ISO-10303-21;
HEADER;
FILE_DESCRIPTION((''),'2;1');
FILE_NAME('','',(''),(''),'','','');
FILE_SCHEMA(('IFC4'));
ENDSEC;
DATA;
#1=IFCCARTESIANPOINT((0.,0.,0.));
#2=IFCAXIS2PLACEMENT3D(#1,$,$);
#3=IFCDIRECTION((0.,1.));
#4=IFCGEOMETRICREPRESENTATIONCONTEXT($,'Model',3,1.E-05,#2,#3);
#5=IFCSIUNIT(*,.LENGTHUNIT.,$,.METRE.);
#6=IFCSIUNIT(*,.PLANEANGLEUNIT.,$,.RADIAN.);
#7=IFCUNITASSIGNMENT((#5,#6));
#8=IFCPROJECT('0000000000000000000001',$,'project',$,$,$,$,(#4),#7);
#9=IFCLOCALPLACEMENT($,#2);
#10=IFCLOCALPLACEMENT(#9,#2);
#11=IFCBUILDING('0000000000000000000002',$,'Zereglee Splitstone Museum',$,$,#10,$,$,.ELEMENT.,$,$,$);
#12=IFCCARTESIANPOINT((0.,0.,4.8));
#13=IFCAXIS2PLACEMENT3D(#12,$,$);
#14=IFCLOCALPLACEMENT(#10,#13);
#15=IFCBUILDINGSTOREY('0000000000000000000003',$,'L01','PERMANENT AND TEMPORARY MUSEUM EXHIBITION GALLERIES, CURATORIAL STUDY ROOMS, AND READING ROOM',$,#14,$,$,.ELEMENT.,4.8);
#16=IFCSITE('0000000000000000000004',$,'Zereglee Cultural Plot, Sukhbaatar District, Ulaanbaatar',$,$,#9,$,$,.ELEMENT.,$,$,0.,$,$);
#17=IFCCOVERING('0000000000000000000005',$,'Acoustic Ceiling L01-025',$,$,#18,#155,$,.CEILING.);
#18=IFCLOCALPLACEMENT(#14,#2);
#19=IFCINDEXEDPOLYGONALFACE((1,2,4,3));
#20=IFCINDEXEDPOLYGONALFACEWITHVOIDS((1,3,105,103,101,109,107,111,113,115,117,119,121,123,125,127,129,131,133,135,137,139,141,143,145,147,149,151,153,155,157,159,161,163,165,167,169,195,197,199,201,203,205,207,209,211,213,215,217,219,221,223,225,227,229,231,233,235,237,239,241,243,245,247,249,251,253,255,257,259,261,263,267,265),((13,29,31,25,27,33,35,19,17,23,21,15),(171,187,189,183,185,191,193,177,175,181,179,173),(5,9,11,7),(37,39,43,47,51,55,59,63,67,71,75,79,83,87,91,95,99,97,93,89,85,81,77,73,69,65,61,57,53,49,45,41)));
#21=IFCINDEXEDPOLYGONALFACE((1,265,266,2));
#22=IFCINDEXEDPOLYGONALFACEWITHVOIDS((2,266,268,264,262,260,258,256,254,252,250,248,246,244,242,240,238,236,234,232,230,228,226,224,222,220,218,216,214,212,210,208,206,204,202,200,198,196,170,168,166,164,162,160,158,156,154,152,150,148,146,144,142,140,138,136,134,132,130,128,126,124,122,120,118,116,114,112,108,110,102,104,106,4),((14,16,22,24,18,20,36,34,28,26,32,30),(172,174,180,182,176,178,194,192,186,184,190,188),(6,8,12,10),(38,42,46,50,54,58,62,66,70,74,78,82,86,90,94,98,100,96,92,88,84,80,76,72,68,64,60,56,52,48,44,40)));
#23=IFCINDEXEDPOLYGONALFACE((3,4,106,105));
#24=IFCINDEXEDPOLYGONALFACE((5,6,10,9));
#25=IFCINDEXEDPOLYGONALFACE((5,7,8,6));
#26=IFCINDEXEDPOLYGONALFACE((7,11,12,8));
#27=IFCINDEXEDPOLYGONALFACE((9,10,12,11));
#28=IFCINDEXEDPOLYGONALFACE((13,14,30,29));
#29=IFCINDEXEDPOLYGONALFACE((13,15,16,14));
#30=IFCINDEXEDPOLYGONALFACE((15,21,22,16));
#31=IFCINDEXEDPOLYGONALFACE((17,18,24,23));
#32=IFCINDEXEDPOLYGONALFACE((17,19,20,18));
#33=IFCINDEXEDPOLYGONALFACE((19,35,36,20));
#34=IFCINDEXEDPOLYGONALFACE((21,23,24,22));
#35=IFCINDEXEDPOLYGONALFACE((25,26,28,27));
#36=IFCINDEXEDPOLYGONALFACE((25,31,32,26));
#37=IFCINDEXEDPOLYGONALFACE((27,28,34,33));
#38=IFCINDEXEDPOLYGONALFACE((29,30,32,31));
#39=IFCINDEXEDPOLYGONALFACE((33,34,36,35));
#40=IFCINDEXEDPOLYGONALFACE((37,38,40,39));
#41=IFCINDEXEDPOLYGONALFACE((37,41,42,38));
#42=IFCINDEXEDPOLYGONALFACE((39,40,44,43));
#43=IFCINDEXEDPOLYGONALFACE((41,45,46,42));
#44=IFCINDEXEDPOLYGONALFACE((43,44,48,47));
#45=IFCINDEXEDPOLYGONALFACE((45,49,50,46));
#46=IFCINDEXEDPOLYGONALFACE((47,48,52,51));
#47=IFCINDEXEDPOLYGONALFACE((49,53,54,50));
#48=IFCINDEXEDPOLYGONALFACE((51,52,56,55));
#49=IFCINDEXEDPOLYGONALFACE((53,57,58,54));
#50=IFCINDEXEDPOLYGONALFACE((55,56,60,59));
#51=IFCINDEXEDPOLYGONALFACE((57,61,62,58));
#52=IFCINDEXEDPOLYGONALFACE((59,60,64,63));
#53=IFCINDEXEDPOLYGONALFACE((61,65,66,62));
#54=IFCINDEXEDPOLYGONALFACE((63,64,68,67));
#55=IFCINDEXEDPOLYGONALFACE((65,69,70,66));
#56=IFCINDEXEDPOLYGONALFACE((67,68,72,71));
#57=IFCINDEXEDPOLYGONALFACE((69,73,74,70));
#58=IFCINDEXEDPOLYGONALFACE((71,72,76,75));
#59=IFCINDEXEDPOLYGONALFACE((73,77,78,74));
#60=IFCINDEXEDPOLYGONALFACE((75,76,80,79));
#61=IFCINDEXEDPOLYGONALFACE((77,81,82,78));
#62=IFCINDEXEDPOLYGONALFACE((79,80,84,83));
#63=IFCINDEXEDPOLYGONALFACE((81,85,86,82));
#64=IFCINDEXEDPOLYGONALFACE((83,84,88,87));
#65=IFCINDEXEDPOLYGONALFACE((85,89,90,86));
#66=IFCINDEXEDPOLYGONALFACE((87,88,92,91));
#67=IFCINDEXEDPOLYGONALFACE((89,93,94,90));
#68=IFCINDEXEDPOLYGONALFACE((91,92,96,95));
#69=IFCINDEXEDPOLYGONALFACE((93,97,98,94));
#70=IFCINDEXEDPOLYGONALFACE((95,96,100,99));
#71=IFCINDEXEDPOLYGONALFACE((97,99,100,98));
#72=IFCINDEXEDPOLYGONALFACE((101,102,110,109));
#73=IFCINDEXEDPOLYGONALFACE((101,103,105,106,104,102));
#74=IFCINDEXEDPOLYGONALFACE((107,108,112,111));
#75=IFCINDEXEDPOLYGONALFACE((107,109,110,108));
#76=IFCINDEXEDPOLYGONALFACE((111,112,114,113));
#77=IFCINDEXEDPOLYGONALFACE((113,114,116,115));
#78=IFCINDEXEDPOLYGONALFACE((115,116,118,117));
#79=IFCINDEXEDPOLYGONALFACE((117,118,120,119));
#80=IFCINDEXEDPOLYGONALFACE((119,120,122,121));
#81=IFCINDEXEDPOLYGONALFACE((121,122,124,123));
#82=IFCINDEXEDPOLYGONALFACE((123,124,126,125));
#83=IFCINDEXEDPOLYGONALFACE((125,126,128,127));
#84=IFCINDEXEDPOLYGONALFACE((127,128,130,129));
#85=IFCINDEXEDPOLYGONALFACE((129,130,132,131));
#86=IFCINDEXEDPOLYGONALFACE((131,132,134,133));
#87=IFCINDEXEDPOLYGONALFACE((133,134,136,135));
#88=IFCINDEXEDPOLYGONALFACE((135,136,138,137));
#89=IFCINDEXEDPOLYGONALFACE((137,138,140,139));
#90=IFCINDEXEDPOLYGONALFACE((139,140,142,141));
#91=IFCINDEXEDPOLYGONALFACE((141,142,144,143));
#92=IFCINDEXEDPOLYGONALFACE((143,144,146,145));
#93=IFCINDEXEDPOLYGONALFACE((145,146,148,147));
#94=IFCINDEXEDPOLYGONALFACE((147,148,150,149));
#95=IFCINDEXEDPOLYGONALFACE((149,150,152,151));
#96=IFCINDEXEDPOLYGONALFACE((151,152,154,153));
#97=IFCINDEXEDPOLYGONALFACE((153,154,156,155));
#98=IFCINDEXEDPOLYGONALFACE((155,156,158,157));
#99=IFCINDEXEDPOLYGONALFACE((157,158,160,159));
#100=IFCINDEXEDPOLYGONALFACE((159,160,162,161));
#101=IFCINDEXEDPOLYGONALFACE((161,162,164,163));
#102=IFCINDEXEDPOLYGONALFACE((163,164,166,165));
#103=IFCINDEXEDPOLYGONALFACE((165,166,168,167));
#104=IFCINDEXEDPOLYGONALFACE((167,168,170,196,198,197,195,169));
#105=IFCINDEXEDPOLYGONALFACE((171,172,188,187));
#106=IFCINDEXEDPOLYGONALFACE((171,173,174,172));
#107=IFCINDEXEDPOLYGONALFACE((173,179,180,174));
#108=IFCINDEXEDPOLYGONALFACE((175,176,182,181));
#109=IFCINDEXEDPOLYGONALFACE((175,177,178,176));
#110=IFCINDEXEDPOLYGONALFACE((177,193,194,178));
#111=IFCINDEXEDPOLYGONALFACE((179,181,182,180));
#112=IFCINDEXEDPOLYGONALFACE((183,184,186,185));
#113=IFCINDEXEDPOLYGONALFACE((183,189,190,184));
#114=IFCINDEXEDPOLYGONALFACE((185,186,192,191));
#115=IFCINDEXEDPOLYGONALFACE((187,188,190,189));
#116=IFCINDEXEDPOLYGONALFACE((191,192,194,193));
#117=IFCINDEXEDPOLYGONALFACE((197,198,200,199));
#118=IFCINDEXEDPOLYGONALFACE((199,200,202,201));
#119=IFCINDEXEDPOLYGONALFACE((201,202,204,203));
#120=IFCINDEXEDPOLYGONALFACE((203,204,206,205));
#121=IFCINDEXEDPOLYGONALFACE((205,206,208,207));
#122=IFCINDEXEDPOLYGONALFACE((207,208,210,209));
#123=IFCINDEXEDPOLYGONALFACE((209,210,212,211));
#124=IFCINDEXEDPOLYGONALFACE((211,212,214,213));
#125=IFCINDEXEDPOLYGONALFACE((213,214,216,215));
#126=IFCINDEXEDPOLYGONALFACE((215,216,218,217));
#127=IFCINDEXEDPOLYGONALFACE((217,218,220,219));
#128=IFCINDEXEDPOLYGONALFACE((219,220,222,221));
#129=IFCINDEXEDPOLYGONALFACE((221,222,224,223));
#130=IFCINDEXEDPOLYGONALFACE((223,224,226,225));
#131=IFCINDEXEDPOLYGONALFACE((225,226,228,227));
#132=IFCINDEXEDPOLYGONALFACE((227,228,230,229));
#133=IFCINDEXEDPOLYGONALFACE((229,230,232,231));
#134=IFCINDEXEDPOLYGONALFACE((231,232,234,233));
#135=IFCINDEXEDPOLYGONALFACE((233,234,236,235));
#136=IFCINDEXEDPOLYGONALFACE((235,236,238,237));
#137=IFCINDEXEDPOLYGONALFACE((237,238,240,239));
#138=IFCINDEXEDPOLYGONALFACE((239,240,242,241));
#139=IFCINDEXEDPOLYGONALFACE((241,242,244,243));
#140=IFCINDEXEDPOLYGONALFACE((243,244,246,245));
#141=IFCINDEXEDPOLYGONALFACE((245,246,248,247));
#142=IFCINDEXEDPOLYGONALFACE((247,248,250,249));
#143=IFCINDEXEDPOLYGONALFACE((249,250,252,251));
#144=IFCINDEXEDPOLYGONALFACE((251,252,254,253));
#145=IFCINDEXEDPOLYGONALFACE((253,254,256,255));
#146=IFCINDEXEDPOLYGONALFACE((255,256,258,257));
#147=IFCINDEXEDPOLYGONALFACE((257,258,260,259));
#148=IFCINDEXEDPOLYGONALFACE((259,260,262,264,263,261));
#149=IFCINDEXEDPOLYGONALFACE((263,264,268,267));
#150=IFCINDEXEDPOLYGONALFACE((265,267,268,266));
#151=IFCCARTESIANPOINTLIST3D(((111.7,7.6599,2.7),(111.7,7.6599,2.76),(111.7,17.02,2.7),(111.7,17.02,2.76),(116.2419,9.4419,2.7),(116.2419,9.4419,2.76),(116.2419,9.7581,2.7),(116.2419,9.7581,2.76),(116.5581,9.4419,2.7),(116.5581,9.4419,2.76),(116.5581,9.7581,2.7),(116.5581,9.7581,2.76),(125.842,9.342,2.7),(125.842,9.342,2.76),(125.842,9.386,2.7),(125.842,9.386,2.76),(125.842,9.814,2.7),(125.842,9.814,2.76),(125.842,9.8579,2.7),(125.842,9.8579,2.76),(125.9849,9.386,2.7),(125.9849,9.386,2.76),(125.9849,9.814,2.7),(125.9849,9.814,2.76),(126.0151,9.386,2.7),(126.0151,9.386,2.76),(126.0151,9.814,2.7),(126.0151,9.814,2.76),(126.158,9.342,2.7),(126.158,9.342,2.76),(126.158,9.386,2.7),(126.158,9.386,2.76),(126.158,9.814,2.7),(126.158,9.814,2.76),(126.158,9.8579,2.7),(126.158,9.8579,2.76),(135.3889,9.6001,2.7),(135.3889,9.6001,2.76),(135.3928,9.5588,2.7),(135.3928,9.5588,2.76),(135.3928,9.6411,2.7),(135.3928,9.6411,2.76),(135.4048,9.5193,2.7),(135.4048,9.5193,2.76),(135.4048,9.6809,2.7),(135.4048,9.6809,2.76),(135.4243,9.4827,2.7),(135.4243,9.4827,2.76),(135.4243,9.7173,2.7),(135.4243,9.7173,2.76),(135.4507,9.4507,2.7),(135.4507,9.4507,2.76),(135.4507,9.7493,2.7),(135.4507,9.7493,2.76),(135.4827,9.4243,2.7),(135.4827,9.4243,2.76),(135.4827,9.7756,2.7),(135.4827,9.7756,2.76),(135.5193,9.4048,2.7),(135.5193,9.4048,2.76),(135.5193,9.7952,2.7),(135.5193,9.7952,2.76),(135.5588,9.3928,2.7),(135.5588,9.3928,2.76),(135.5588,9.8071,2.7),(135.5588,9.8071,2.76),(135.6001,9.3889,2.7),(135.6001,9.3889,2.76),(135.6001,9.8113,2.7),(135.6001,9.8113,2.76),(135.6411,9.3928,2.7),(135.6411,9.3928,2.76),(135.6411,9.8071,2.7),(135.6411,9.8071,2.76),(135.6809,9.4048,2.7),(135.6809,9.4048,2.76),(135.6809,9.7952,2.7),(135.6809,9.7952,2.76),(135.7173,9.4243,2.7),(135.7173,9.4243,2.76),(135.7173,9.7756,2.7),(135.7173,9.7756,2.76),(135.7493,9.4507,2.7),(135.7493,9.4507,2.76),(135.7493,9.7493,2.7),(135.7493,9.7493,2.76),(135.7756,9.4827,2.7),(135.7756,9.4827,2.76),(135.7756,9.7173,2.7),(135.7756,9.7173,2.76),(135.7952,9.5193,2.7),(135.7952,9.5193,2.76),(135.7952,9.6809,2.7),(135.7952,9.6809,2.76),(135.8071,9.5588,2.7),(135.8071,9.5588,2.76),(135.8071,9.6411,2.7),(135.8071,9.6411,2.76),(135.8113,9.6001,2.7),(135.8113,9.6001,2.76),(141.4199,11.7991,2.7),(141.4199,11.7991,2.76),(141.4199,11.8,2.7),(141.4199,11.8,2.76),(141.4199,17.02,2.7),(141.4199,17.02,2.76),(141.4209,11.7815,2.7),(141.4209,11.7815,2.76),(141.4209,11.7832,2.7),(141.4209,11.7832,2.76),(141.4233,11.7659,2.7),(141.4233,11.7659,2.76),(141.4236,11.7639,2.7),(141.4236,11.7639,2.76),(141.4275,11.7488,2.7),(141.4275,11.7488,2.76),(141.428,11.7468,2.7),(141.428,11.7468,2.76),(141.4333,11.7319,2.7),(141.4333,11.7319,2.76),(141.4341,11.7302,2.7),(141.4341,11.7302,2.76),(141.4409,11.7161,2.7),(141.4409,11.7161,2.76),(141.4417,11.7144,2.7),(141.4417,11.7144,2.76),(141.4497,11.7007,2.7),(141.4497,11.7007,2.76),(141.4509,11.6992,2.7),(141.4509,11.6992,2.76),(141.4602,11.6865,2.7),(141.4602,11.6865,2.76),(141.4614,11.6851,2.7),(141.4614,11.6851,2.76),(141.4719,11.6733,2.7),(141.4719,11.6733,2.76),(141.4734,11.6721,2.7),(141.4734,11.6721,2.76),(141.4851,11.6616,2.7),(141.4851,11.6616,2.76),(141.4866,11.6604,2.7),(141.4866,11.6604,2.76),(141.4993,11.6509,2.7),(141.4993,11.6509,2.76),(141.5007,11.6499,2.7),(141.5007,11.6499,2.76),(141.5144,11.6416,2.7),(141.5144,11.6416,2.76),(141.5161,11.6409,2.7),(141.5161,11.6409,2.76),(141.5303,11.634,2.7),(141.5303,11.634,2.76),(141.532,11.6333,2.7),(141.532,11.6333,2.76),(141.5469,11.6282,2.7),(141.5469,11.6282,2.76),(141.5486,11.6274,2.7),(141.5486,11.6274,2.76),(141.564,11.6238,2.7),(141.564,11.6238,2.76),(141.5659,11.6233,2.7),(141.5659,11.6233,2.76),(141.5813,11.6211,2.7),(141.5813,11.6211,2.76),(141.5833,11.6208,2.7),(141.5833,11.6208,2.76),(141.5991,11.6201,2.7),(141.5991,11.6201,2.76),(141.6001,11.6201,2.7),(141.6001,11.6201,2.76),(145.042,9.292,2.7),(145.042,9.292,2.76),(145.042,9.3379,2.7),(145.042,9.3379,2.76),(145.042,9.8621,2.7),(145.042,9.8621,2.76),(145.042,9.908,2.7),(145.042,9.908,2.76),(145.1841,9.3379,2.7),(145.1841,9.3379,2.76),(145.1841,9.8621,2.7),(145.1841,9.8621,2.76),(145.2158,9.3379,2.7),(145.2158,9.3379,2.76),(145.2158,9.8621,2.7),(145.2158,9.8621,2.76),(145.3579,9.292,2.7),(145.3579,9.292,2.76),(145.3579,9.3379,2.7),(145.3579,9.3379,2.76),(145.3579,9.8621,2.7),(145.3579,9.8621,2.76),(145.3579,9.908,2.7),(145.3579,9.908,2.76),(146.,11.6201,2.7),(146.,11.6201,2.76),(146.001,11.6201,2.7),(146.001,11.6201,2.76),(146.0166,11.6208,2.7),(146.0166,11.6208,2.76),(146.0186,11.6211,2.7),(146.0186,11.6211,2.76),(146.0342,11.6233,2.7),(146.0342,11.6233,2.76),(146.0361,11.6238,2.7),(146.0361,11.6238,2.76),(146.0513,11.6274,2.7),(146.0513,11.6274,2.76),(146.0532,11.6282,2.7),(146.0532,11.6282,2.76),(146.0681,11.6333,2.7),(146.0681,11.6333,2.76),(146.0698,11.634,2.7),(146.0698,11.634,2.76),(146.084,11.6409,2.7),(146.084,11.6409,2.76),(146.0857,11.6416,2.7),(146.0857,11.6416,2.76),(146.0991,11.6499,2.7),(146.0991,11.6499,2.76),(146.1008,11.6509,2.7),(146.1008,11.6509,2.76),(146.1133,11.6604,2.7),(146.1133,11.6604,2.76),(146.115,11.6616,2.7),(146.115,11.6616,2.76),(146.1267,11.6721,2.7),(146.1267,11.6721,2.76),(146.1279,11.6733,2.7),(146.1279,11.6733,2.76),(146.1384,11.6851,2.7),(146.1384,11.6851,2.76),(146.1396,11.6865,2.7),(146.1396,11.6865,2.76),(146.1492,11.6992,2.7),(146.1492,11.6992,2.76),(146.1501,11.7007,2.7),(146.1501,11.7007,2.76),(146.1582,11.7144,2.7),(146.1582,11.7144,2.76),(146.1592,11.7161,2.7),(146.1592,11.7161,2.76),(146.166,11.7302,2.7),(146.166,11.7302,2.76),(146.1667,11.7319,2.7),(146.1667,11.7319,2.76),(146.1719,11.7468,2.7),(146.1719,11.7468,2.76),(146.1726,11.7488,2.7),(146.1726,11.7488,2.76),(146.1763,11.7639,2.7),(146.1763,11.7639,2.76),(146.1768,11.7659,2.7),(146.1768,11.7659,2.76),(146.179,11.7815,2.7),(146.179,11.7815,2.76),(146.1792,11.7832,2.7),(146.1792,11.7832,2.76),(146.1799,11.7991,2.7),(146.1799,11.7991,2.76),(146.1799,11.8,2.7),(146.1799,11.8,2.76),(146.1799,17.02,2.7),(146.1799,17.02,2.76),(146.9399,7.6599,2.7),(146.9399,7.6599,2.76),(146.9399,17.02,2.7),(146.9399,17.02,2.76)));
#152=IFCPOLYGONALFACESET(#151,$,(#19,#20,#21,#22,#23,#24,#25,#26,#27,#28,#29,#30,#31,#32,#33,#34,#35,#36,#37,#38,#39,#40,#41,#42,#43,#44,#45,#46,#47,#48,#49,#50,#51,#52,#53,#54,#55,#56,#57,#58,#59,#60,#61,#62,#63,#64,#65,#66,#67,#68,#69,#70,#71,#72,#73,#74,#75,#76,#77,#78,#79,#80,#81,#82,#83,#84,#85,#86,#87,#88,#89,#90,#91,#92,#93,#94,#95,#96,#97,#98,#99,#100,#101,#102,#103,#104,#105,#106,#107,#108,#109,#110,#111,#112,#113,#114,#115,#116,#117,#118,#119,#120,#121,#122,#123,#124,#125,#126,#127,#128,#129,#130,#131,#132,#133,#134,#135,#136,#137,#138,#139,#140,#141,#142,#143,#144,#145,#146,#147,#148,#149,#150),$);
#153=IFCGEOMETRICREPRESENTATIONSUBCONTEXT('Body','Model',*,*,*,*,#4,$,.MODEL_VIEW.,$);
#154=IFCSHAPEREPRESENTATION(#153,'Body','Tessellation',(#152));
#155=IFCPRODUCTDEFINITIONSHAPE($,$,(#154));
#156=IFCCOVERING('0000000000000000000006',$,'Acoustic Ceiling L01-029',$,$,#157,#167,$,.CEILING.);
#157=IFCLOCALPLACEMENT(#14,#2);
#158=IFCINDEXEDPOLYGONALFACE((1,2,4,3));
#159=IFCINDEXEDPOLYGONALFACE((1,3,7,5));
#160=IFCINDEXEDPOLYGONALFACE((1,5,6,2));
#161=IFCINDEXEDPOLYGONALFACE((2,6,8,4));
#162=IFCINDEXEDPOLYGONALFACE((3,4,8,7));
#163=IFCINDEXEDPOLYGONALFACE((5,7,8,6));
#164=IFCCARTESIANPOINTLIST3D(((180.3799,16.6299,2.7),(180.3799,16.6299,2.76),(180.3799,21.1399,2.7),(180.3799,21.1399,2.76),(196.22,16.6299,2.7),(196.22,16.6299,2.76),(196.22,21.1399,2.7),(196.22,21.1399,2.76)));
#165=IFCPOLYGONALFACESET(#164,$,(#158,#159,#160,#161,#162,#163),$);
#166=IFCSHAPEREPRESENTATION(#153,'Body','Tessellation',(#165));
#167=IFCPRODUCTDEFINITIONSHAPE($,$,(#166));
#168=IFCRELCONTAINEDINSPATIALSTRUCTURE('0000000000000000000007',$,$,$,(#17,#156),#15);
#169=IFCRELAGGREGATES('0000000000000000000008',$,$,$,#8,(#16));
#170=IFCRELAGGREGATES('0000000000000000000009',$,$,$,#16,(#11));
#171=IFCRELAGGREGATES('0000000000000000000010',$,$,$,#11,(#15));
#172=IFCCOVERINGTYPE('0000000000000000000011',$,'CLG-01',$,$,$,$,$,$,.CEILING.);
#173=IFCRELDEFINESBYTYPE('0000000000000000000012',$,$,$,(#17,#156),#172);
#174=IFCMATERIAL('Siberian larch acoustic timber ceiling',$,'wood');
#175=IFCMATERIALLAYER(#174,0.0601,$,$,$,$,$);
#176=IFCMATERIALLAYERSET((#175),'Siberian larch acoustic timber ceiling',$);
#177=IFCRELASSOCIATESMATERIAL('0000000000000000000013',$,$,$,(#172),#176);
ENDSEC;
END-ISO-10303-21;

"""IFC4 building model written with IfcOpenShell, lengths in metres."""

from ifc_helpers import new_model, si_unit, direction, frame, origin, place, context, subcontext, project, spatial, polyline, outline, extrude, material, layer, layer_set, type_object, element, save


model = new_model("IFC4")

# Units and contexts
model_context = context("Model", 3, precision=1e-05, world=origin(), true_north=direction((0.0, 1.0)))
body_context = subcontext(model_context, "Body", "Model", "MODEL_VIEW")
ifc_project = project(units=[si_unit("LENGTHUNIT", "METRE"), si_unit("PLANEANGLEUNIT", "RADIAN")], contexts=[model_context])

# Site, building, storey
site_placement = place(None, origin())
site = spatial("IfcSite", under=ifc_project, at=site_placement, Name="Zereglee Cultural Plot, Sukhbaatar District, Ulaanbaatar", CompositionType="ELEMENT", RefElevation=0.0)
building_placement = place(site_placement, origin())
building = spatial("IfcBuilding", under=site, at=building_placement, Name="Zereglee Splitstone Museum", CompositionType="ELEMENT")
storey_placement = place(building_placement, frame((0.0, 0.0, 4.8)))
storey = spatial("IfcBuildingStorey", under=building, at=storey_placement, Name="L01", Description="PERMANENT AND TEMPORARY MUSEUM EXHIBITION GALLERIES, CURATORIAL STUDY ROOMS, AND READING ROOM", CompositionType="ELEMENT", Elevation=4.8)

# Coverings
ifc_material_1 = material(Name="Siberian larch acoustic timber ceiling", Category="wood")
ifc_layer_1 = layer(ifc_material_1, 0.0601)
ifc_layer_set_1 = layer_set([ifc_layer_1], Name="Siberian larch acoustic timber ceiling")
covering_type_1 = type_object("IfcCoveringType", Name="CLG-01", PredefinedType="CEILING", material=ifc_layer_set_1)
covering_1_placement = place(storey_placement, frame((0.0, 0.0, 2.7)))
element("IfcCovering", 1, at=covering_1_placement, inside=storey, type_object=covering_type_1, Name="Acoustic Ceiling L01-025", PredefinedType="CEILING", context=body_context, shape_type="SweptSolid", body=[
    extrude(outline(polyline([(111.7, 17.02), (141.4199, 17.02), (141.4199, 11.8), (141.4199, 11.7991), (141.4209, 11.7832), (141.4209, 11.7815), (141.4233, 11.7659), (141.4236, 11.7639), (141.4275, 11.7488), (141.428, 11.7468), (141.4333, 11.7319), (141.4341, 11.7302), (141.4409, 11.7161), (141.4417, 11.7144), (141.4497, 11.7007), (141.4509, 11.6992), (141.4602, 11.6865), (141.4614, 11.6851), (141.4719, 11.6733), (141.4734, 11.6721), (141.4851, 11.6616), (141.4866, 11.6604), (141.4993, 11.6509), (141.5007, 11.6499), (141.5144, 11.6416), (141.5161, 11.6409), (141.5303, 11.634), (141.532, 11.6333), (141.5469, 11.6282), (141.5486, 11.6274), (141.564, 11.6238), (141.5659, 11.6233), (141.5813, 11.6211), (141.5833, 11.6208), (141.5991, 11.6201), (141.6001, 11.6201), (146.0, 11.6201), (146.001, 11.6201), (146.0166, 11.6208), (146.0186, 11.6211), (146.0342, 11.6233), (146.0361, 11.6238), (146.0513, 11.6274), (146.0532, 11.6282), (146.0681, 11.6333), (146.0698, 11.634), (146.084, 11.6409), (146.0857, 11.6416), (146.0991, 11.6499), (146.1008, 11.6509), (146.1133, 11.6604), (146.115, 11.6616), (146.1267, 11.6721), (146.1279, 11.6733), (146.1384, 11.6851), (146.1396, 11.6865), (146.1492, 11.6992), (146.1501, 11.7007), (146.1582, 11.7144), (146.1592, 11.7161), (146.166, 11.7302), (146.1667, 11.7319), (146.1719, 11.7468), (146.1726, 11.7488), (146.1763, 11.7639), (146.1768, 11.7659), (146.179, 11.7815), (146.1792, 11.7832), (146.1799, 11.7991), (146.1799, 11.8), (146.1799, 17.02), (146.9399, 17.02), (146.9399, 7.6599), (111.7, 7.6599), (111.7, 17.02)]), holes=[polyline([(145.3579, 9.908), (145.042, 9.908), (145.042, 9.8621), (145.1841, 9.8621), (145.1841, 9.3379), (145.042, 9.3379), (145.042, 9.292), (145.3579, 9.292), (145.3579, 9.3379), (145.2158, 9.3379), (145.2158, 9.8621), (145.3579, 9.8621), (145.3579, 9.908)]), polyline([(135.6411, 9.3928), (135.6809, 9.4048), (135.7173, 9.4243), (135.7493, 9.4507), (135.7756, 9.4827), (135.7952, 9.5193), (135.8071, 9.5588), (135.8113, 9.6001), (135.8071, 9.6411), (135.7952, 9.6809), (135.7756, 9.7173), (135.7493, 9.7493), (135.7173, 9.7756), (135.6809, 9.7952), (135.6411, 9.8071), (135.6001, 9.8113), (135.5588, 9.8071), (135.5193, 9.7952), (135.4827, 9.7756), (135.4507, 9.7493), (135.4243, 9.7173), (135.4048, 9.6809), (135.3928, 9.6411), (135.3889, 9.6001), (135.3928, 9.5588), (135.4048, 9.5193), (135.4243, 9.4827), (135.4507, 9.4507), (135.4827, 9.4243), (135.5193, 9.4048), (135.5588, 9.3928), (135.6001, 9.3889), (135.6411, 9.3928)]), polyline([(126.158, 9.814), (126.158, 9.8579), (125.842, 9.8579), (125.842, 9.814), (125.9849, 9.814), (125.9849, 9.386), (125.842, 9.386), (125.842, 9.342), (126.158, 9.342), (126.158, 9.386), (126.0151, 9.386), (126.0151, 9.814), (126.158, 9.814)]), polyline([(116.2419, 9.7581), (116.2419, 9.4419), (116.5581, 9.4419), (116.5581, 9.7581), (116.2419, 9.7581)])]), origin(), (0.0, 0.0, 1.0), 0.0601),
])
covering_2_placement = place(storey_placement, frame((0.0, 0.0, 2.7)))
element("IfcCovering", 2, at=covering_2_placement, inside=storey, type_object=covering_type_1, Name="Acoustic Ceiling L01-029", PredefinedType="CEILING", context=body_context, shape_type="SweptSolid", body=[
    extrude(outline(polyline([(196.22, 16.6299), (180.3799, 16.6299), (180.3799, 21.1399), (196.22, 21.1399), (196.22, 16.6299)])), origin(), (0.0, 0.0, 1.0), 0.0601),
])

save(model, "model.ifc")
